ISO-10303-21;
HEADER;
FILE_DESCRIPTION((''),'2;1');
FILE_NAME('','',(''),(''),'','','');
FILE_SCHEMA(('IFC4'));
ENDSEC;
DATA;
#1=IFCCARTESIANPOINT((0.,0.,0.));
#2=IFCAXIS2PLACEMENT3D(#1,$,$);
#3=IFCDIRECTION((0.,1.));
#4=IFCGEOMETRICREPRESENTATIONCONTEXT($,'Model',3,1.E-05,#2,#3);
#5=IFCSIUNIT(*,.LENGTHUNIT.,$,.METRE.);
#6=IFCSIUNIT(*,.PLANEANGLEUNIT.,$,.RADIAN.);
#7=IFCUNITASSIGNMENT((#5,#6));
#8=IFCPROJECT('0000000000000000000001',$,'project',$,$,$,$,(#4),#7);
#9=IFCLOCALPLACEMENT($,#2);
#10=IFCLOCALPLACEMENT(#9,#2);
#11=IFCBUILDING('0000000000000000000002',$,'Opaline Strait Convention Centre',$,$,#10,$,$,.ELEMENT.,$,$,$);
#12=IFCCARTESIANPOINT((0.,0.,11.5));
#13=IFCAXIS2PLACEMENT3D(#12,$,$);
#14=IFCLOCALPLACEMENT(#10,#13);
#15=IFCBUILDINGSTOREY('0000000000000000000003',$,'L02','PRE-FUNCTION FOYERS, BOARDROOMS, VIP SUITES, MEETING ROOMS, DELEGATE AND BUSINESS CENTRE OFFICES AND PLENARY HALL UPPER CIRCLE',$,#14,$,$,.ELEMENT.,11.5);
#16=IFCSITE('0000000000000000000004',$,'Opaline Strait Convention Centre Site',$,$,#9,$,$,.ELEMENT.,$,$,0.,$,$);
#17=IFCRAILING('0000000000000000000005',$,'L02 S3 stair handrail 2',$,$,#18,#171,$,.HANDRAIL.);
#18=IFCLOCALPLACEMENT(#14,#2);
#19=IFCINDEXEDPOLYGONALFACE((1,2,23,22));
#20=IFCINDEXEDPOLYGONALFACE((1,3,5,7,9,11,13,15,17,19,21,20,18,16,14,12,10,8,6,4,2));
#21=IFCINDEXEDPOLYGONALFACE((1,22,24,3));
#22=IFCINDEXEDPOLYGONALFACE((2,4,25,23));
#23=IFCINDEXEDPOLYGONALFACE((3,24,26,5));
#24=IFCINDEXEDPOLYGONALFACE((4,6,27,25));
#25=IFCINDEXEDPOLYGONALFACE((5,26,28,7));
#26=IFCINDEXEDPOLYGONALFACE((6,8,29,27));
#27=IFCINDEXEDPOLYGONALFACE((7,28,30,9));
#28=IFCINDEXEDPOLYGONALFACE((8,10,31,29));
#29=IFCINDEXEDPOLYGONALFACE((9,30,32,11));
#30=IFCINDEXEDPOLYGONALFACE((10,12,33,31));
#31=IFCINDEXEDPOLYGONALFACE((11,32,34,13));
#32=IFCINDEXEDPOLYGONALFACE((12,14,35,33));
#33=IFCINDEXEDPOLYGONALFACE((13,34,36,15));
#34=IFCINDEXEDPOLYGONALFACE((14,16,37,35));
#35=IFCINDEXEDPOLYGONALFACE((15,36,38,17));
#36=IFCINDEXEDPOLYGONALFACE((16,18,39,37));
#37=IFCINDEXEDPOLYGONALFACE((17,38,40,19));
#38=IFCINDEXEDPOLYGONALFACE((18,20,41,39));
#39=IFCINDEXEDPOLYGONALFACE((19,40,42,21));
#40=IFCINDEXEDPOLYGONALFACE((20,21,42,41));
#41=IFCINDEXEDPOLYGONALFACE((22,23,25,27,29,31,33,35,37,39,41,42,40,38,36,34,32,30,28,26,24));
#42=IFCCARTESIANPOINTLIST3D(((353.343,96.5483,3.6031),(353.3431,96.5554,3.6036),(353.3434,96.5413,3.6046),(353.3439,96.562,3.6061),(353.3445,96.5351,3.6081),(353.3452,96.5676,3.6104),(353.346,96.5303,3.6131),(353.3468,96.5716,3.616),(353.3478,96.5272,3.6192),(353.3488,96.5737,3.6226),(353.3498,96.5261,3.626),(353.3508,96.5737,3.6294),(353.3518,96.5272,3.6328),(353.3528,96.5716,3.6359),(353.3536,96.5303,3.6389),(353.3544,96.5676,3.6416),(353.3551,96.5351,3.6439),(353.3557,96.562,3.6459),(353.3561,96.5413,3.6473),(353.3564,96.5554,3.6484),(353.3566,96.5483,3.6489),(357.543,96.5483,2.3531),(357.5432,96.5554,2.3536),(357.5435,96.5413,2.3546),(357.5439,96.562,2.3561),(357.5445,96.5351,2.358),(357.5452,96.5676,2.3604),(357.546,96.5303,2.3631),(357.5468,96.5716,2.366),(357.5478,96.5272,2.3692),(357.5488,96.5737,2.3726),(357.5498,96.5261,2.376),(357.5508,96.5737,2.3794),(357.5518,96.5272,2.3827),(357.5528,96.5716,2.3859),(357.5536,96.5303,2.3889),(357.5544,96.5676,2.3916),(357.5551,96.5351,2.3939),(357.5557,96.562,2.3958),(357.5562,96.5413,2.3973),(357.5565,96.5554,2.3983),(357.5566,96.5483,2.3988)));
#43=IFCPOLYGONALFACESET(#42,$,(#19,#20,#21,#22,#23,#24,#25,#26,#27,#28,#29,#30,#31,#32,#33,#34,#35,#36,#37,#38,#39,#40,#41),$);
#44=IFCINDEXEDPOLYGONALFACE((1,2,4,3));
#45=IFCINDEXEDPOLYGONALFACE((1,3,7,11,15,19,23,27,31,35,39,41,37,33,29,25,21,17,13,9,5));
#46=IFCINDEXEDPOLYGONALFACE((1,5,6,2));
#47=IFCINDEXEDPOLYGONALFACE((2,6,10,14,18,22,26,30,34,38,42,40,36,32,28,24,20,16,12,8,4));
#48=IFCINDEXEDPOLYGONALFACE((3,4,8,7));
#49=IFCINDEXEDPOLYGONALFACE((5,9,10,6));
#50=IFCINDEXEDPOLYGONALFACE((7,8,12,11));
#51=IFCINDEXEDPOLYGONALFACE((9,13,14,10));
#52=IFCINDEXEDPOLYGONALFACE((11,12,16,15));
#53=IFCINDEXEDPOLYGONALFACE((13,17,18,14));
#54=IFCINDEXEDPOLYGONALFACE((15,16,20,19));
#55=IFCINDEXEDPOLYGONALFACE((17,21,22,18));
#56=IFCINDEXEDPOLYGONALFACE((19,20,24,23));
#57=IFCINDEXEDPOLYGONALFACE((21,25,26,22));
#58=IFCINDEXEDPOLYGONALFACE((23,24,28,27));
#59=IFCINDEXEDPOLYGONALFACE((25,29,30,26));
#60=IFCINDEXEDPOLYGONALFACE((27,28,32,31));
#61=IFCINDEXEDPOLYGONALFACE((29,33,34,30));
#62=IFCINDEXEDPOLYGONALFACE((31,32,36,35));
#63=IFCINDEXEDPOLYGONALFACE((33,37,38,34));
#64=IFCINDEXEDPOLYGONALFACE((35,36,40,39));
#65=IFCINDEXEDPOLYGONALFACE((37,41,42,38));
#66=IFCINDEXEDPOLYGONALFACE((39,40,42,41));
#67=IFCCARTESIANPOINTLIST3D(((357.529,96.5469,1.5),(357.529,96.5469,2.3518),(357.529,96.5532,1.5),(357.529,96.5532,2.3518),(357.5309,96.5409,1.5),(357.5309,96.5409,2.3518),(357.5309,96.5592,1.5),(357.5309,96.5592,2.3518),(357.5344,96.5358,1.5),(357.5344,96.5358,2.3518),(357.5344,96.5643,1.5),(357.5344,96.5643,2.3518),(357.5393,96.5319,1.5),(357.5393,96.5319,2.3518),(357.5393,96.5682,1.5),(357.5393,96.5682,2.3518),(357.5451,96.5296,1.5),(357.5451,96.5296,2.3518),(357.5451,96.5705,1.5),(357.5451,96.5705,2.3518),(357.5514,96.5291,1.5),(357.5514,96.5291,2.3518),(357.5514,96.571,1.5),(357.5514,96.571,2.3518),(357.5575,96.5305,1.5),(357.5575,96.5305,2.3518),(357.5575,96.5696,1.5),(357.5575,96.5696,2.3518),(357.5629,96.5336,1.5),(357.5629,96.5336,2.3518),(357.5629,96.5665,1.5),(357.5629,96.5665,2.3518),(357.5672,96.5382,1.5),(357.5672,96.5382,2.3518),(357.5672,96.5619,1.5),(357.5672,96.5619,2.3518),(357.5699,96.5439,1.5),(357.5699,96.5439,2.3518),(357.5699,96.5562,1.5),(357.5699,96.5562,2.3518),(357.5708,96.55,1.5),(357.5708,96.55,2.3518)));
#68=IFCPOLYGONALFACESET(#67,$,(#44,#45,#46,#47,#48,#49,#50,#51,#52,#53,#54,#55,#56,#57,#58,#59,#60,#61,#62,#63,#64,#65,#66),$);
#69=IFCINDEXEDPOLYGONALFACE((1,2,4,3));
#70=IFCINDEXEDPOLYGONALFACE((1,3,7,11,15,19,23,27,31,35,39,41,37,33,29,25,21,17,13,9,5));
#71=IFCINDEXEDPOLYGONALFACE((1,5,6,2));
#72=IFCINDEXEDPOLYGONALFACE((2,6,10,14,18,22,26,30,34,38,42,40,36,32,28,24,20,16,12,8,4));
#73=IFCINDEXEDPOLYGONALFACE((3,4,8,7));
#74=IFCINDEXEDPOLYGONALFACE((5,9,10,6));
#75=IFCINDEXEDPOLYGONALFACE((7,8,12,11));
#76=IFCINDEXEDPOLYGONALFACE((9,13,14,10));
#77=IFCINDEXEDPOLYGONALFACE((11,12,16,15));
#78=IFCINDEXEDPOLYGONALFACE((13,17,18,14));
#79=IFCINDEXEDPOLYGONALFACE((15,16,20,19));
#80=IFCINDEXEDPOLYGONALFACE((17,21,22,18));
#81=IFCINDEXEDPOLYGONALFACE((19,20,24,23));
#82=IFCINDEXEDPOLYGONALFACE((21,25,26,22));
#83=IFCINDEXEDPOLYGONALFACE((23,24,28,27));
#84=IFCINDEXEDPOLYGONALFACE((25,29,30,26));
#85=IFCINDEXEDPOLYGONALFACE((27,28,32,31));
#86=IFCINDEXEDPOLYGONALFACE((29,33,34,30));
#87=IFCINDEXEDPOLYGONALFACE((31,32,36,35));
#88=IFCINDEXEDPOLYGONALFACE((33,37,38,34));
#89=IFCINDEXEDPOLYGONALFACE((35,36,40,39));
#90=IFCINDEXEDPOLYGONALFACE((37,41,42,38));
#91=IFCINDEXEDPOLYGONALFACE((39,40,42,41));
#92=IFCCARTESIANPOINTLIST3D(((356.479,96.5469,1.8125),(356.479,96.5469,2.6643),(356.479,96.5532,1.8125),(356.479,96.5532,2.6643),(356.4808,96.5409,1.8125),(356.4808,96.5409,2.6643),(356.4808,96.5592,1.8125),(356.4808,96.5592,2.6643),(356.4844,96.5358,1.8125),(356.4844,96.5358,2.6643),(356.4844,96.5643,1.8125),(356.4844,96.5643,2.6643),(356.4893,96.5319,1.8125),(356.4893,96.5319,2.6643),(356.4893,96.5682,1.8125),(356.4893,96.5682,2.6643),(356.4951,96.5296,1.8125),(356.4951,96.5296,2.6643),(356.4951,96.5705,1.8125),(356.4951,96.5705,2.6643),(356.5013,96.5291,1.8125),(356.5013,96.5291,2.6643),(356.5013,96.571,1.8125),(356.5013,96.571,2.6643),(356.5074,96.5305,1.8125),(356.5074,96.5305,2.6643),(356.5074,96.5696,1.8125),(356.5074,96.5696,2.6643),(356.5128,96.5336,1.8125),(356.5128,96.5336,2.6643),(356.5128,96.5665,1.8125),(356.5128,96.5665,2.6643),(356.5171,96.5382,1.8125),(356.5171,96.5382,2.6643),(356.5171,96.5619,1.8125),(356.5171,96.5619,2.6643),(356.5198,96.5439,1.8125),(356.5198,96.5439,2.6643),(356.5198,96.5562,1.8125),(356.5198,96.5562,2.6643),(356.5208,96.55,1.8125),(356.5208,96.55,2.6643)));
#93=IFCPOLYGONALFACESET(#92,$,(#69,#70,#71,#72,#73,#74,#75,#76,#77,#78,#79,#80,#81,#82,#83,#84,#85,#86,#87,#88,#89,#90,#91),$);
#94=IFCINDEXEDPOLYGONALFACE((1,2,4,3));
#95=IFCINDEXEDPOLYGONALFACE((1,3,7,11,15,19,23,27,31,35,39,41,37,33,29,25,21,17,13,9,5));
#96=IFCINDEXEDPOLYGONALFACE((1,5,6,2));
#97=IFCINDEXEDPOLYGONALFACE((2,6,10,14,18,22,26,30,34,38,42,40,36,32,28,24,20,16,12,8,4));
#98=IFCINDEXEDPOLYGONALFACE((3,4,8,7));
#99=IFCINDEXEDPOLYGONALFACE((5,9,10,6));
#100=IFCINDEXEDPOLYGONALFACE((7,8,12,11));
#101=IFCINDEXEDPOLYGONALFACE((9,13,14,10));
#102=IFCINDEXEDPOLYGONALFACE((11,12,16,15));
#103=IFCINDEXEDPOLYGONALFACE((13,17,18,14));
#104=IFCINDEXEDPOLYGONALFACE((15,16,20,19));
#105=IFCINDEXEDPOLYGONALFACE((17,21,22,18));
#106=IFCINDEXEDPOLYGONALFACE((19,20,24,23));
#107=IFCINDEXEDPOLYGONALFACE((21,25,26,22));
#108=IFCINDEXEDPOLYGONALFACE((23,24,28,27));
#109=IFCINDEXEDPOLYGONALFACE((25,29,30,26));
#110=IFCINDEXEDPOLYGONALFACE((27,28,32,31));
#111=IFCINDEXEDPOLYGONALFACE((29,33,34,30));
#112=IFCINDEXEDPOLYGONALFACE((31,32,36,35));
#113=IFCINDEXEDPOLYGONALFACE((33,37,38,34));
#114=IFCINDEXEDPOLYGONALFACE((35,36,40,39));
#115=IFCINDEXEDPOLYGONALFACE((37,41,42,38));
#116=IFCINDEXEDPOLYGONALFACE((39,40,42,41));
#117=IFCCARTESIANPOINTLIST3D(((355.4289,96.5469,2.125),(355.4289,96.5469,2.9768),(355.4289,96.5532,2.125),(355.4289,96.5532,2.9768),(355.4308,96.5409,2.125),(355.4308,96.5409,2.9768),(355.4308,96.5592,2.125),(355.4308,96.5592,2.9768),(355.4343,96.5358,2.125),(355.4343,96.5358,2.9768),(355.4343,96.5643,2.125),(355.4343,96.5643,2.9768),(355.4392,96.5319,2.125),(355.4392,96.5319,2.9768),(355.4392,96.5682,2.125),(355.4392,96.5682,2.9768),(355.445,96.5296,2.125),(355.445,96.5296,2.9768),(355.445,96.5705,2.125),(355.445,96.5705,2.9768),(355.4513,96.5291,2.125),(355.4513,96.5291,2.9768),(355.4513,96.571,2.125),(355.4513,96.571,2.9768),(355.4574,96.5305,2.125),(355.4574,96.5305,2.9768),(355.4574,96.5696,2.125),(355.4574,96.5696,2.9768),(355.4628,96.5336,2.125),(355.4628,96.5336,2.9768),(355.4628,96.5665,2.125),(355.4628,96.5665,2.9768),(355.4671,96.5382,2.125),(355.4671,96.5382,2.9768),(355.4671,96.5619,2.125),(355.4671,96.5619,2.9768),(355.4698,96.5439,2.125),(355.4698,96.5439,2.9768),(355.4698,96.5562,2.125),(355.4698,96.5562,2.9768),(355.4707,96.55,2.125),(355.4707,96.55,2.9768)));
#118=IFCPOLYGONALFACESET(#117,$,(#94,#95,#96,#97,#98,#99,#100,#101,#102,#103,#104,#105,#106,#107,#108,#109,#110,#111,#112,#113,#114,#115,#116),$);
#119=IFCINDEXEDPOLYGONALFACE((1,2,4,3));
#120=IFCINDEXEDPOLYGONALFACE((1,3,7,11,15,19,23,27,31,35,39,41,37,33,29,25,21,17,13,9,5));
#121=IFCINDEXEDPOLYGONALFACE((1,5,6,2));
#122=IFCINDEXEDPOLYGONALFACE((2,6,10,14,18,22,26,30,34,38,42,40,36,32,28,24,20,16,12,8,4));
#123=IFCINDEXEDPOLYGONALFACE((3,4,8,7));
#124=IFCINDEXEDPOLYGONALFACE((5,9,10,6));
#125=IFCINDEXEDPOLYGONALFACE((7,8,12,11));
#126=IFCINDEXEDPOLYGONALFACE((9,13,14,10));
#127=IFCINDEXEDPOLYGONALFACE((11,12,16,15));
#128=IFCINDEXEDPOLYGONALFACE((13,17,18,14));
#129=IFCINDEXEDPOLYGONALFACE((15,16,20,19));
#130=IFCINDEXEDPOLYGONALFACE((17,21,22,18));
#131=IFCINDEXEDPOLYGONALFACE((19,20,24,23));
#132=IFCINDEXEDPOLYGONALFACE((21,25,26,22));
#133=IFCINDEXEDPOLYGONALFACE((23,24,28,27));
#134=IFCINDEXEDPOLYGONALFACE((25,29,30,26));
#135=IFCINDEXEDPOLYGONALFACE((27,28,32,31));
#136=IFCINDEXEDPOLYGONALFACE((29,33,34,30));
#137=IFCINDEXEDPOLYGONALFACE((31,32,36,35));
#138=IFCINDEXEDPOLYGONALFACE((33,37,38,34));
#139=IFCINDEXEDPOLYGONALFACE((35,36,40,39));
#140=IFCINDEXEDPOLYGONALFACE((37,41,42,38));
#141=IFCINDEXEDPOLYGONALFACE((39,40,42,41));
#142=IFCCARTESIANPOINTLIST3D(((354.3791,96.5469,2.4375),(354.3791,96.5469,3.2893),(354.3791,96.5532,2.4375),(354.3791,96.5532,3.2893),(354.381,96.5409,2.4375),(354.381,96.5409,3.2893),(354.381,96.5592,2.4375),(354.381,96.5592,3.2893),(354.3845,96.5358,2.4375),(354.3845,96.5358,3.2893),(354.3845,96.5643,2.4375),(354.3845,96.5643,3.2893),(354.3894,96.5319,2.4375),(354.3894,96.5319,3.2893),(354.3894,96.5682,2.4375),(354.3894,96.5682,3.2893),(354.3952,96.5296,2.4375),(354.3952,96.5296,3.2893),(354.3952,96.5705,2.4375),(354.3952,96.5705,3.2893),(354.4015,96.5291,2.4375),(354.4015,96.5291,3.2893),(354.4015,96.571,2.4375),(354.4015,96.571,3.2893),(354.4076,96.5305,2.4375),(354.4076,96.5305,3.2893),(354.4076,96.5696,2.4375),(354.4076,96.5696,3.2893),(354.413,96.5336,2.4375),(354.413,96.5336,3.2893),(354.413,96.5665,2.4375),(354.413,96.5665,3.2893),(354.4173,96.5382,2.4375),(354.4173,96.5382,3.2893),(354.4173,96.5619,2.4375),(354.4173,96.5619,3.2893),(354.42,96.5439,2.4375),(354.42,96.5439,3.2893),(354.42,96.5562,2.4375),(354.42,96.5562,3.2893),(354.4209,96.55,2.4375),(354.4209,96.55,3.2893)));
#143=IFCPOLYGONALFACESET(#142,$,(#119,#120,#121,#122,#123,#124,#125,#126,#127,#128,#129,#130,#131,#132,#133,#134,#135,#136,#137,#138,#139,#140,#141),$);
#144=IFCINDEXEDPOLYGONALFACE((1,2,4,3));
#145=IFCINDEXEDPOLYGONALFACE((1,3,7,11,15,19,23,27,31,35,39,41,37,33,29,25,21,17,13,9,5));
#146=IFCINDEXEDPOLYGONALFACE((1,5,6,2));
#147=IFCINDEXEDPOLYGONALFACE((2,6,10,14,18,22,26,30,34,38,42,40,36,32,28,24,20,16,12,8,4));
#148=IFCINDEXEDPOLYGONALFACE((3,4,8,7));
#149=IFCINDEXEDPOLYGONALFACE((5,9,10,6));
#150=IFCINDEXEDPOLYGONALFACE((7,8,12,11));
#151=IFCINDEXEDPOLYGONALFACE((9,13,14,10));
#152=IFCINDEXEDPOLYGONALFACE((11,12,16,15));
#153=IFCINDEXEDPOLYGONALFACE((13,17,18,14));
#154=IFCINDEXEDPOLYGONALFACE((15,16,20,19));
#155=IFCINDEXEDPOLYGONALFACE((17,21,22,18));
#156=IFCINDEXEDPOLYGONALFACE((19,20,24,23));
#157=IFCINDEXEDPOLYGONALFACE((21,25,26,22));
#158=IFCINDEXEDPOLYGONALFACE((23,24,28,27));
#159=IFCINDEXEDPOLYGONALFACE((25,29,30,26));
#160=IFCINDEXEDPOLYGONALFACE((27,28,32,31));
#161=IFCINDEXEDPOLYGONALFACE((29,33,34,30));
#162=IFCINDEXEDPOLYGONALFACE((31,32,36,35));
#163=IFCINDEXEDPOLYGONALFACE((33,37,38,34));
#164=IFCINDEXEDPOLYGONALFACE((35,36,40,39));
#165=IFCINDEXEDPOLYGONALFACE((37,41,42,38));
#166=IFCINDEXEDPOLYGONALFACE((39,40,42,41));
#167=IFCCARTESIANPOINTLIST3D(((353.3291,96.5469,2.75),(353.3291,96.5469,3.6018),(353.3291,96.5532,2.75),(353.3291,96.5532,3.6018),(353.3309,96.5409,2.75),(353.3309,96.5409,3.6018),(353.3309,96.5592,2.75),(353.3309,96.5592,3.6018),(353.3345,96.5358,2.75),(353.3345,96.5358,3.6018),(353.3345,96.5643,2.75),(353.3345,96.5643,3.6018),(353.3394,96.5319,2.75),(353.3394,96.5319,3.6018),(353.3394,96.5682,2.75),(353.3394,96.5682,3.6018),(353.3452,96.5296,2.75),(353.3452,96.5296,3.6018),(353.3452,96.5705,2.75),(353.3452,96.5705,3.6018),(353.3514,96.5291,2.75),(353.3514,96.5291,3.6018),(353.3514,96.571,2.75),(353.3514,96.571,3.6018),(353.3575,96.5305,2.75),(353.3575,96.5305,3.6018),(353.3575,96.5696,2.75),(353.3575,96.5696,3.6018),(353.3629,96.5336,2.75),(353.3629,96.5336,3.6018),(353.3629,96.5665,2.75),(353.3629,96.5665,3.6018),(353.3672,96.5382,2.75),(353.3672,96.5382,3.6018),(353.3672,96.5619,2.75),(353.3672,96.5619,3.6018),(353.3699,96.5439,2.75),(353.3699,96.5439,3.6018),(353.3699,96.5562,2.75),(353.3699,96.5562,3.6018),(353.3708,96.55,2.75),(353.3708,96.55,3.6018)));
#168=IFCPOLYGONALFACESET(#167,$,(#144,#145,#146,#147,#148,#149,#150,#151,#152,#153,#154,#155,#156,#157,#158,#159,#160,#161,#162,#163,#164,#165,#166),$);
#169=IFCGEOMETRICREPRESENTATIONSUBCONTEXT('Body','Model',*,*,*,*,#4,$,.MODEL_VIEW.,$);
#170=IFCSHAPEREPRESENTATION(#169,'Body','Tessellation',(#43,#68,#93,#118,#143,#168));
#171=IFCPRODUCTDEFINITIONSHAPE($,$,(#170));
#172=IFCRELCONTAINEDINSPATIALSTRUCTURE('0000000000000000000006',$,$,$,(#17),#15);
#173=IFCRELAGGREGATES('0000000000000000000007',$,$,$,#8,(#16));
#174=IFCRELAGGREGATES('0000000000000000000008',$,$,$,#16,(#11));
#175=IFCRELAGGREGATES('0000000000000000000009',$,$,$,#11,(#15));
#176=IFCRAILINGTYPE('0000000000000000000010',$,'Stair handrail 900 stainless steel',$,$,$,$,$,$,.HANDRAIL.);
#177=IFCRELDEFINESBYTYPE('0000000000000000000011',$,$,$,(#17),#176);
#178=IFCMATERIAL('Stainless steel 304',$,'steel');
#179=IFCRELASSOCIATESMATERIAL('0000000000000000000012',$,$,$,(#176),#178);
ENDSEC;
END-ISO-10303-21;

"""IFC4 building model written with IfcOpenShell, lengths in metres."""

from ifc_helpers import new_model, si_unit, direction, frame, origin, origin_2d, place, context, subcontext, project, spatial, circle, extrude, material, type_object, element, save


model = new_model("IFC4")

# Units and contexts
model_context = context("Model", 3, precision=1e-05, world=origin(), true_north=direction((0.0, 1.0)))
body_context = subcontext(model_context, "Body", "Model", "MODEL_VIEW")
ifc_project = project(units=[si_unit("LENGTHUNIT", "METRE"), si_unit("PLANEANGLEUNIT", "RADIAN")], contexts=[model_context])

# Site, building, storey
site_placement = place(None, origin())
site = spatial("IfcSite", under=ifc_project, at=site_placement, Name="Opaline Strait Convention Centre Site", CompositionType="ELEMENT", RefElevation=0.0)
building_placement = place(site_placement, origin())
building = spatial("IfcBuilding", under=site, at=building_placement, Name="Opaline Strait Convention Centre", CompositionType="ELEMENT")
storey_placement = place(building_placement, frame((0.0, 0.0, 11.5)))
storey = spatial("IfcBuildingStorey", under=building, at=storey_placement, Name="L02", Description="PRE-FUNCTION FOYERS, BOARDROOMS, VIP SUITES, MEETING ROOMS, DELEGATE AND BUSINESS CENTRE OFFICES AND PLENARY HALL UPPER CIRCLE", CompositionType="ELEMENT", Elevation=11.5)

# Railing
ifc_material_1 = material(Name="Stainless steel 304", Category="steel")
railing_type_1 = type_object("IfcRailingType", Name="Stair handrail 900 stainless steel", PredefinedType="HANDRAIL", material=ifc_material_1)
for number, where, name in (
    (1, (357.5498, 96.55, 1.5), "L02 S3 stair handrail 2"),
):
    element("IfcRailing", number, at=place(storey_placement, frame(where)), inside=storey, type_object=railing_type_1, Name=name, PredefinedType="HANDRAIL", context=body_context, shape_type="SweptSolid", body=[
        extrude(circle(Radius=0.0239, at=origin_2d()), frame((0.0, 0.0, 0.876), z_axis=(-0.958451, 0.0, 0.285257), x_axis=(0.0, -1.0, 0.0)), (0.0, 0.0, 1.0), 4.3821),
        extrude(circle(Radius=0.021, at=origin_2d()), origin(), (0.0, 0.0, 1.0), 0.8518),
        extrude(circle(Radius=0.021, at=origin_2d()), frame((-1.05, 0.0, 0.3125)), (0.0, 0.0, 1.0), 0.8518),
        extrude(circle(Radius=0.021, at=origin_2d()), frame((-2.1001, 0.0, 0.625)), (0.0, 0.0, 1.0), 0.8518),
        extrude(circle(Radius=0.021, at=origin_2d()), frame((-3.1499, 0.0, 0.9375)), (0.0, 0.0, 1.0), 0.8518),
        extrude(circle(Radius=0.021, at=origin_2d()), frame((-4.2, 0.0, 1.25)), (0.0, 0.0, 1.0), 0.8518),
    ])

save(model, "model.ifc")
